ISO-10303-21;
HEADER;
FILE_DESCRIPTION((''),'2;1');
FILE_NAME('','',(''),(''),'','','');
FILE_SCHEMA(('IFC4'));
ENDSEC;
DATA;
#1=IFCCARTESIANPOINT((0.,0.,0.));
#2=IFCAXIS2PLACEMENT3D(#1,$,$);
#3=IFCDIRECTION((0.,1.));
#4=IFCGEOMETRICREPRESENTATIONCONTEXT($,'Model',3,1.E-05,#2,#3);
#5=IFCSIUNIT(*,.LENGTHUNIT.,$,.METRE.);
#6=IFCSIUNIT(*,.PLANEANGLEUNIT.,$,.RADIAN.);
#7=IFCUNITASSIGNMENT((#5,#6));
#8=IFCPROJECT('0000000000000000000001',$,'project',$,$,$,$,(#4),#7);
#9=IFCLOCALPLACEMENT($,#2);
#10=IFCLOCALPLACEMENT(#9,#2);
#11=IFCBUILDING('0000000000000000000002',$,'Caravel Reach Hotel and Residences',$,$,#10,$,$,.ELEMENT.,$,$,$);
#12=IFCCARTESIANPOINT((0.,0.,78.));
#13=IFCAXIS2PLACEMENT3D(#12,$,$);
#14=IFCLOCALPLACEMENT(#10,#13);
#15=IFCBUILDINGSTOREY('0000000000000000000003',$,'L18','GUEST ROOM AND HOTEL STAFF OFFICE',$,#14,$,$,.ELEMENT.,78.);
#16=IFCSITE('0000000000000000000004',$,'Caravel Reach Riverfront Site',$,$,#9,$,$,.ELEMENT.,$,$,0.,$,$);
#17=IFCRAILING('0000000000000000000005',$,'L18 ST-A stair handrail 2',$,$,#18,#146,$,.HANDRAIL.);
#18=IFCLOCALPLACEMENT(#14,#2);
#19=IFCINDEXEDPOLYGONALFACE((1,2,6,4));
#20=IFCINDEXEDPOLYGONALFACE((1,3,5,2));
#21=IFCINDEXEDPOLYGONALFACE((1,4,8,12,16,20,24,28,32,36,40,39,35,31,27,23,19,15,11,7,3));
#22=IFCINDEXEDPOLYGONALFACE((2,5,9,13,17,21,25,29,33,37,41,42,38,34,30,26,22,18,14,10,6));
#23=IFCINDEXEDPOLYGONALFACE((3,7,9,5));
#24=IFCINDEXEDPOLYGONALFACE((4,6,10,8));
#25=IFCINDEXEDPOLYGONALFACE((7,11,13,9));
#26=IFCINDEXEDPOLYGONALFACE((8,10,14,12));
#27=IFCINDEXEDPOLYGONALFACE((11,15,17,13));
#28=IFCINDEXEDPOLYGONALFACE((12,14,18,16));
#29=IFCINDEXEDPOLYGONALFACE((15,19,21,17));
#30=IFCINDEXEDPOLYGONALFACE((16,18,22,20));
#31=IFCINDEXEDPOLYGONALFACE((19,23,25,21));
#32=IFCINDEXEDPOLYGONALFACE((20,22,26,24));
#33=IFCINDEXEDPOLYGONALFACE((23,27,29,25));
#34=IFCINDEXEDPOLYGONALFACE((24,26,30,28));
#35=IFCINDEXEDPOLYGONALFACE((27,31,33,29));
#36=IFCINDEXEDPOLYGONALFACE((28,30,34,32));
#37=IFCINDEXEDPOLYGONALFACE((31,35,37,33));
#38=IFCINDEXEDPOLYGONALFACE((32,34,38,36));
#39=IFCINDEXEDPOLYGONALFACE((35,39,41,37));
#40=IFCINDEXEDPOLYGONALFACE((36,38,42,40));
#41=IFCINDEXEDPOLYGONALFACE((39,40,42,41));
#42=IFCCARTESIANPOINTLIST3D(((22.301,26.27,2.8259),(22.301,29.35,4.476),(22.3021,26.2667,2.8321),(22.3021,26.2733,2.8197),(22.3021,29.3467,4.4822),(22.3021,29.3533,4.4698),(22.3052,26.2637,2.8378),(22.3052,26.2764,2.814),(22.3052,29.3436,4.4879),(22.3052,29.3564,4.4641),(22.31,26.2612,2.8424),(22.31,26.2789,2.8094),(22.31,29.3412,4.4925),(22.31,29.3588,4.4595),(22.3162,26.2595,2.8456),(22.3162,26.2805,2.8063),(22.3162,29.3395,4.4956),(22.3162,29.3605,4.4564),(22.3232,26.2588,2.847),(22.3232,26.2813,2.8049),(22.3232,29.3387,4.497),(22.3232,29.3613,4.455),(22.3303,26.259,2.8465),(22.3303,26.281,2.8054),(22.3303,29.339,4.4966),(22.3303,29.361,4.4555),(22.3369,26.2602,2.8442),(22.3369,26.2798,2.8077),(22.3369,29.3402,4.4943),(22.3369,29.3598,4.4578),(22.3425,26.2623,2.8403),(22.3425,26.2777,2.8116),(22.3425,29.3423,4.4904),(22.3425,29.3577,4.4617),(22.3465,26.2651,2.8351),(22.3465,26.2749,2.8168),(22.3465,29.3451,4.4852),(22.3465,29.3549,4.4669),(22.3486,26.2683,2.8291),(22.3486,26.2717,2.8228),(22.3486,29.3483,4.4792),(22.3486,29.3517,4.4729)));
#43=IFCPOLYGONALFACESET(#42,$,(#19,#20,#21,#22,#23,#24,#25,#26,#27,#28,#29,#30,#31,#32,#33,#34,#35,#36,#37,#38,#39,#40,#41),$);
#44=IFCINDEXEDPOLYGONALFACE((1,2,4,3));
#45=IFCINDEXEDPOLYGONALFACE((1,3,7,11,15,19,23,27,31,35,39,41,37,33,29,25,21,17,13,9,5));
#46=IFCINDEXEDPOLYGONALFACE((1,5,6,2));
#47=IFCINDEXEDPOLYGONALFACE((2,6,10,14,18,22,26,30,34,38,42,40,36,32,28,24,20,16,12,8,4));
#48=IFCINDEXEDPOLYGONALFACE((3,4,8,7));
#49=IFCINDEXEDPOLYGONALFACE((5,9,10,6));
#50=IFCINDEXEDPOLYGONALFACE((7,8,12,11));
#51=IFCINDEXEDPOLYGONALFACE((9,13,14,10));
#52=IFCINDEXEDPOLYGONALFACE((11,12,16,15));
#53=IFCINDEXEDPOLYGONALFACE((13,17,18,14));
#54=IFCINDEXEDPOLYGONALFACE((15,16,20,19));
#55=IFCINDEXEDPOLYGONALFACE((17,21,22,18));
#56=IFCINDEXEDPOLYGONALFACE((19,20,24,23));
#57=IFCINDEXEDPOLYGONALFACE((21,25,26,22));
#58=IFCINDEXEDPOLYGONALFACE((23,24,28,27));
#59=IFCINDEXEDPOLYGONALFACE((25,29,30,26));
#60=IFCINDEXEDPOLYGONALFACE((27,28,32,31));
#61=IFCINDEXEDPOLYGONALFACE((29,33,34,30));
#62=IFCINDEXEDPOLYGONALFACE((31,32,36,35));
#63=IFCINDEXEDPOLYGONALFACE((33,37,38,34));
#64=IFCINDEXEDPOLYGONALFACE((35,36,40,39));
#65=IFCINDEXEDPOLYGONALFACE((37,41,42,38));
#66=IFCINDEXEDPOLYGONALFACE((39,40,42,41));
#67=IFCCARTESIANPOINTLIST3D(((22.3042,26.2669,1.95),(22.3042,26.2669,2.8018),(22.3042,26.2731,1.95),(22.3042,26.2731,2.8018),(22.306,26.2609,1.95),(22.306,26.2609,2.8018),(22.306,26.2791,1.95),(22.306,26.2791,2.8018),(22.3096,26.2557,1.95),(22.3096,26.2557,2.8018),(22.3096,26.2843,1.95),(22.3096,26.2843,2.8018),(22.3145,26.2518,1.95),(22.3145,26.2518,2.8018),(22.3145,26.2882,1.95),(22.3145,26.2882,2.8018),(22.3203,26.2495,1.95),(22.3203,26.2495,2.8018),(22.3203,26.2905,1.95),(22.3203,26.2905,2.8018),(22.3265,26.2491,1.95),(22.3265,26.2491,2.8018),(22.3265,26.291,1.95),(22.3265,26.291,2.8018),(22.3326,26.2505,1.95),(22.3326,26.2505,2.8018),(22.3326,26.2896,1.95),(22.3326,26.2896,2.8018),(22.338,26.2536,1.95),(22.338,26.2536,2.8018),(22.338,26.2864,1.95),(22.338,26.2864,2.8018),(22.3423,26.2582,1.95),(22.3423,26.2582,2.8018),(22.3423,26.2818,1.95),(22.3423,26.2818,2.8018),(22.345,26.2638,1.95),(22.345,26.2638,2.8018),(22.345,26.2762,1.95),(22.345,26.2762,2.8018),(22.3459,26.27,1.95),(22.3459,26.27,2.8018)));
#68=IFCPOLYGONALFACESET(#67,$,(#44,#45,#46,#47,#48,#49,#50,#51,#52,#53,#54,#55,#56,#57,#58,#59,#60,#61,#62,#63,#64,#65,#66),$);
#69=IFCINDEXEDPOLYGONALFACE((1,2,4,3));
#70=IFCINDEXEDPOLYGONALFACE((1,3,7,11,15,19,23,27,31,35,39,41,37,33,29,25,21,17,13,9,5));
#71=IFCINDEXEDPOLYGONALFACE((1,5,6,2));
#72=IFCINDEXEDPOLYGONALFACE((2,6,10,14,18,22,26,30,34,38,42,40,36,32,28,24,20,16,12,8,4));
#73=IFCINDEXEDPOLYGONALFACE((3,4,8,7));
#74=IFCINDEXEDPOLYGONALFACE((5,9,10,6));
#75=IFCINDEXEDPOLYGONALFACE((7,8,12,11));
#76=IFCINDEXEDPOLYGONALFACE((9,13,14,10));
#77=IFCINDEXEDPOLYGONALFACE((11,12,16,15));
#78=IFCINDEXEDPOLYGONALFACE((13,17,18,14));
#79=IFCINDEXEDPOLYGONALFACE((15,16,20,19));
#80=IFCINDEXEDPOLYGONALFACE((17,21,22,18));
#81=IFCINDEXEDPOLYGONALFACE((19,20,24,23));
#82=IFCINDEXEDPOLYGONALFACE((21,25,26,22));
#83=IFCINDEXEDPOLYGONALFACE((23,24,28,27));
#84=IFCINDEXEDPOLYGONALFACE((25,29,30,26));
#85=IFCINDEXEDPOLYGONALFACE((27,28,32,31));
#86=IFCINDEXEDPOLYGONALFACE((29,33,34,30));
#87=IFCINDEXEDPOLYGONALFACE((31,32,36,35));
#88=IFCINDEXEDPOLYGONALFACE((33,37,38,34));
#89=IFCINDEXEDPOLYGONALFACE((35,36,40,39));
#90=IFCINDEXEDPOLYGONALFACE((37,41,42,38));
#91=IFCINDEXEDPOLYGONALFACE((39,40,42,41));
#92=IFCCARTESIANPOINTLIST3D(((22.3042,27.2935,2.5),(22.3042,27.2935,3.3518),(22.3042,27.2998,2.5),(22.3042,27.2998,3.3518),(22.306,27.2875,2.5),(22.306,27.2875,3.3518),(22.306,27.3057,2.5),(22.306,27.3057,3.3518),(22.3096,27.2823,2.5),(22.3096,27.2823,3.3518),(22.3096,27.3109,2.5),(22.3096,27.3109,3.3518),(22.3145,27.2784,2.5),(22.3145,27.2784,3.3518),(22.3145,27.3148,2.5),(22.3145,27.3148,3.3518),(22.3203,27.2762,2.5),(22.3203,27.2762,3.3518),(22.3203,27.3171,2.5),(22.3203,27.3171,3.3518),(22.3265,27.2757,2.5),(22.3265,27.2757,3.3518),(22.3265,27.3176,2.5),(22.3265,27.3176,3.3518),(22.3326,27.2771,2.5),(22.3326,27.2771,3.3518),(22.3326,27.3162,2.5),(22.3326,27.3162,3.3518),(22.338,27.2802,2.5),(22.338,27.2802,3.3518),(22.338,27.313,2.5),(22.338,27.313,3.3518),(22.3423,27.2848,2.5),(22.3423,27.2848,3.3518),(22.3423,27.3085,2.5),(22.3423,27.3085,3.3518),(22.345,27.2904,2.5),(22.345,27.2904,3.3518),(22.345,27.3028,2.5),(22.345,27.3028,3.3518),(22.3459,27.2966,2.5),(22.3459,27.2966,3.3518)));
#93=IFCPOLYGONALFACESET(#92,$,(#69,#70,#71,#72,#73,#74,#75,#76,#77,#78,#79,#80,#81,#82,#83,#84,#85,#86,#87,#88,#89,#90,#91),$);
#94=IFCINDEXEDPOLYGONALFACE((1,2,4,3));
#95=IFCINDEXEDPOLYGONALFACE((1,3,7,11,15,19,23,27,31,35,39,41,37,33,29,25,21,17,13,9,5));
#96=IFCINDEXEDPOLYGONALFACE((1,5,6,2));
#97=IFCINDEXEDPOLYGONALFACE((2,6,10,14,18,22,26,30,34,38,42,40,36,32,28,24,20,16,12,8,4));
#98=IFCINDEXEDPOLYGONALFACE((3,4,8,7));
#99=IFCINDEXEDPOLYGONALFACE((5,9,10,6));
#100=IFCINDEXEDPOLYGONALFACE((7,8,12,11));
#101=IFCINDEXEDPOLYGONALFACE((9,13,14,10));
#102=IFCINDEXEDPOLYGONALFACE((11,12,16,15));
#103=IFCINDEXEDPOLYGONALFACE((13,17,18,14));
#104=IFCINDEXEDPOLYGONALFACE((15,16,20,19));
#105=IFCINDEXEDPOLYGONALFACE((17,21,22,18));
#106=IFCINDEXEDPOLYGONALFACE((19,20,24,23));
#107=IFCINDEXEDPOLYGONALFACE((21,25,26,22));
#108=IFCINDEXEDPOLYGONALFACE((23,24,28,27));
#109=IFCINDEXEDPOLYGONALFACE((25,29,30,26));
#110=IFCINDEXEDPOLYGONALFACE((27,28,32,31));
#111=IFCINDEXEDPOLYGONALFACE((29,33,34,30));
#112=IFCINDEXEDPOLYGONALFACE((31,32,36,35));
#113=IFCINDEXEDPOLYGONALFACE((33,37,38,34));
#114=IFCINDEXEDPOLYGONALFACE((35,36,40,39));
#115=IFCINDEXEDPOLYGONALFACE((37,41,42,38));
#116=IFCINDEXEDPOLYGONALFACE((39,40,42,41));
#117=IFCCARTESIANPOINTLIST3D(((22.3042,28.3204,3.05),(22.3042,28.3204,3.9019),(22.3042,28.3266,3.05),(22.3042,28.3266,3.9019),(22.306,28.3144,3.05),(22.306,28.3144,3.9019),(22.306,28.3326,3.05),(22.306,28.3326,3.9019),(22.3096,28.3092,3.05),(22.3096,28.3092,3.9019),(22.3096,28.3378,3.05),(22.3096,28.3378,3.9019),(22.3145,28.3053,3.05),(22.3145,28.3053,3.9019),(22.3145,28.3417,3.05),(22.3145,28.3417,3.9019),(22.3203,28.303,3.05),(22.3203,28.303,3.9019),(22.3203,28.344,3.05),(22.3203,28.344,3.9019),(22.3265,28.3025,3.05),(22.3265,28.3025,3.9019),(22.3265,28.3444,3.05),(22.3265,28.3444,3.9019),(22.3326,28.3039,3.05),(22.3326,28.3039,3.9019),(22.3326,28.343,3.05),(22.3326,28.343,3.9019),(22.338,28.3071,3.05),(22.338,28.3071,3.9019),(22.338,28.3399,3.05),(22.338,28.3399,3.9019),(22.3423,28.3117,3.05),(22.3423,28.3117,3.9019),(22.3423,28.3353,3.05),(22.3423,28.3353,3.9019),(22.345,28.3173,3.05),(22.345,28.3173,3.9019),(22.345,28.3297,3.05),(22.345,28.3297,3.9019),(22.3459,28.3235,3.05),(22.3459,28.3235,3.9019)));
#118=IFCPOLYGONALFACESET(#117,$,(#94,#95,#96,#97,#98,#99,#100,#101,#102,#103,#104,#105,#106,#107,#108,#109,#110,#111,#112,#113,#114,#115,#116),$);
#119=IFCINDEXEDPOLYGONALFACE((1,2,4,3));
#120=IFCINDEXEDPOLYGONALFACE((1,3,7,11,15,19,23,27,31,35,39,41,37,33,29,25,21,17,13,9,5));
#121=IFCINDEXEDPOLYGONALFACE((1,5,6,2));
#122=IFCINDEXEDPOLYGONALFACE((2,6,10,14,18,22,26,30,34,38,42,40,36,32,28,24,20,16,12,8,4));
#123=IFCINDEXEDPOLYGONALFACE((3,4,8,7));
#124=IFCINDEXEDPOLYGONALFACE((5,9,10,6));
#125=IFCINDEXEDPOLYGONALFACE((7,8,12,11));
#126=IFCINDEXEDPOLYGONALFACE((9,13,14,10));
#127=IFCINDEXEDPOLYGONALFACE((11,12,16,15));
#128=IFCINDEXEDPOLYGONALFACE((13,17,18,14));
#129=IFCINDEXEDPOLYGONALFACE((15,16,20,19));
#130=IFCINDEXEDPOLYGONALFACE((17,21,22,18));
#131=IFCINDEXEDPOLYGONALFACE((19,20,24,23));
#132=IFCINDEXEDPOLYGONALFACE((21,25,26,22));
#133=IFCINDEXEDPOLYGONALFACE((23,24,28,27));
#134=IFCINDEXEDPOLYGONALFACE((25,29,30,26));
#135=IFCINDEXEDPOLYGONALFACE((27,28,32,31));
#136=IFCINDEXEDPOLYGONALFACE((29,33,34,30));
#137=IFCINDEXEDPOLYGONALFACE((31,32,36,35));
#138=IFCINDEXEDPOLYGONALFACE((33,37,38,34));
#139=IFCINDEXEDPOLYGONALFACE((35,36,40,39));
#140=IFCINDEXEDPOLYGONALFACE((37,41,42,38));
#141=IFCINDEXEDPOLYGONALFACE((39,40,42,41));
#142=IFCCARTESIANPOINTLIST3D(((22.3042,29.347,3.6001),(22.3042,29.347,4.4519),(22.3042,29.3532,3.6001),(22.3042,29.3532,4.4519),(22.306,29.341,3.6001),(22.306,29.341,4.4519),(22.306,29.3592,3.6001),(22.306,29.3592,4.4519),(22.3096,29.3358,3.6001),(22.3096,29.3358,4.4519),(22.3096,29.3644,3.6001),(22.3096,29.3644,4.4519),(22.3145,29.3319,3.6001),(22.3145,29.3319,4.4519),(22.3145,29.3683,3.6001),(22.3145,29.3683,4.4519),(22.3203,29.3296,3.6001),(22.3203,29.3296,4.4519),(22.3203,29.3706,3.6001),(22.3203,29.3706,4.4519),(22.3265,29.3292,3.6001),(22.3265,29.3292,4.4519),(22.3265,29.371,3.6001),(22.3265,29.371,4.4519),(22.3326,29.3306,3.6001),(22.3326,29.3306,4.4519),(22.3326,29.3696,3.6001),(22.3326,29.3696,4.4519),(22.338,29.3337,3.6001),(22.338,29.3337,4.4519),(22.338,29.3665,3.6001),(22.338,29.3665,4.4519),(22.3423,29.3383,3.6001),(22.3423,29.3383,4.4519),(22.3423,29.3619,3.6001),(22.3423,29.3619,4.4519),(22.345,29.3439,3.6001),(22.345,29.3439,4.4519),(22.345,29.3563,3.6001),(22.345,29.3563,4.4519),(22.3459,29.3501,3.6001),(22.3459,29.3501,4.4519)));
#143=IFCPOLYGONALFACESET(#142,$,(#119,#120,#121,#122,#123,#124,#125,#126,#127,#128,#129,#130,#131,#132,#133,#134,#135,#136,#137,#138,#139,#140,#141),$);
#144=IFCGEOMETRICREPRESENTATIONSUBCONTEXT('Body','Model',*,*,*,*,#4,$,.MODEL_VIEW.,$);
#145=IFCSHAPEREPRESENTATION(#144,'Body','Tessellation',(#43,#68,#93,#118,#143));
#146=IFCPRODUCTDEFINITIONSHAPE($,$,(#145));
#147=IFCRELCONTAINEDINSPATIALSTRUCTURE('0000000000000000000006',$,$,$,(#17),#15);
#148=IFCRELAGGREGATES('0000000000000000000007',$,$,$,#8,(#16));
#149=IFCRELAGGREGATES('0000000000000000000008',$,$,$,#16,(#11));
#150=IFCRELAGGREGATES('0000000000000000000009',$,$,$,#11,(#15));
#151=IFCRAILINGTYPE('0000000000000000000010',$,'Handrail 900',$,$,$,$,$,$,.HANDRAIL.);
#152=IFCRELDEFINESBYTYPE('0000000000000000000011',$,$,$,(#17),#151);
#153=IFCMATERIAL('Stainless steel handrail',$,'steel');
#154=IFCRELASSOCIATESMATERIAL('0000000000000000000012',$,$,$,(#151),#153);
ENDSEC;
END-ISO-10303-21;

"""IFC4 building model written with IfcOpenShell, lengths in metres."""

from ifc_helpers import new_model, si_unit, direction, frame, origin, origin_2d, place, context, subcontext, project, spatial, circle, extrude, material, type_object, element, save


model = new_model("IFC4")

# Units and contexts
model_context = context("Model", 3, precision=1e-05, world=origin(), true_north=direction((0.0, 1.0)))
body_context = subcontext(model_context, "Body", "Model", "MODEL_VIEW")
ifc_project = project(units=[si_unit("LENGTHUNIT", "METRE"), si_unit("PLANEANGLEUNIT", "RADIAN")], contexts=[model_context])

# Site, building, storey
site_placement = place(None, origin())
site = spatial("IfcSite", under=ifc_project, at=site_placement, Name="Caravel Reach Riverfront Site", CompositionType="ELEMENT", RefElevation=0.0)
building_placement = place(site_placement, origin())
building = spatial("IfcBuilding", under=site, at=building_placement, Name="Caravel Reach Hotel and Residences", CompositionType="ELEMENT")
storey_placement = place(building_placement, frame((0.0, 0.0, 78.0)))
storey = spatial("IfcBuildingStorey", under=building, at=storey_placement, Name="L18", Description="GUEST ROOM AND HOTEL STAFF OFFICE", CompositionType="ELEMENT", Elevation=78.0)

# Railing
ifc_material_1 = material(Name="Stainless steel handrail", Category="steel")
railing_type_1 = type_object("IfcRailingType", Name="Handrail 900", PredefinedType="HANDRAIL", material=ifc_material_1)
railing_1_placement = place(storey_placement, frame((22.325, 26.27, 1.95)))
element("IfcRailing", 1, at=railing_1_placement, inside=storey, type_object=railing_type_1, Name="L18 ST-A stair handrail 2", PredefinedType="HANDRAIL", context=body_context, shape_type="SweptSolid", body=[
    extrude(circle(Radius=0.0239, at=origin_2d()), frame((0.0, 0.0, 0.876), z_axis=(0.0, 0.881468, 0.472245), x_axis=(-1.0, 0.0, 0.0)), (0.0, 0.0, 1.0), 3.4941),
    extrude(circle(Radius=0.021, at=origin_2d()), origin(), (0.0, 0.0, 1.0), 0.8518),
    extrude(circle(Radius=0.021, at=origin_2d()), frame((0.0, 1.0266, 0.55)), (0.0, 0.0, 1.0), 0.8518),
    extrude(circle(Radius=0.021, at=origin_2d()), frame((0.0, 2.0535, 1.1001)), (0.0, 0.0, 1.0), 0.8518),
    extrude(circle(Radius=0.021, at=origin_2d()), frame((0.0, 3.0801, 1.6501)), (0.0, 0.0, 1.0), 0.8518),
])

save(model, "model.ifc")
